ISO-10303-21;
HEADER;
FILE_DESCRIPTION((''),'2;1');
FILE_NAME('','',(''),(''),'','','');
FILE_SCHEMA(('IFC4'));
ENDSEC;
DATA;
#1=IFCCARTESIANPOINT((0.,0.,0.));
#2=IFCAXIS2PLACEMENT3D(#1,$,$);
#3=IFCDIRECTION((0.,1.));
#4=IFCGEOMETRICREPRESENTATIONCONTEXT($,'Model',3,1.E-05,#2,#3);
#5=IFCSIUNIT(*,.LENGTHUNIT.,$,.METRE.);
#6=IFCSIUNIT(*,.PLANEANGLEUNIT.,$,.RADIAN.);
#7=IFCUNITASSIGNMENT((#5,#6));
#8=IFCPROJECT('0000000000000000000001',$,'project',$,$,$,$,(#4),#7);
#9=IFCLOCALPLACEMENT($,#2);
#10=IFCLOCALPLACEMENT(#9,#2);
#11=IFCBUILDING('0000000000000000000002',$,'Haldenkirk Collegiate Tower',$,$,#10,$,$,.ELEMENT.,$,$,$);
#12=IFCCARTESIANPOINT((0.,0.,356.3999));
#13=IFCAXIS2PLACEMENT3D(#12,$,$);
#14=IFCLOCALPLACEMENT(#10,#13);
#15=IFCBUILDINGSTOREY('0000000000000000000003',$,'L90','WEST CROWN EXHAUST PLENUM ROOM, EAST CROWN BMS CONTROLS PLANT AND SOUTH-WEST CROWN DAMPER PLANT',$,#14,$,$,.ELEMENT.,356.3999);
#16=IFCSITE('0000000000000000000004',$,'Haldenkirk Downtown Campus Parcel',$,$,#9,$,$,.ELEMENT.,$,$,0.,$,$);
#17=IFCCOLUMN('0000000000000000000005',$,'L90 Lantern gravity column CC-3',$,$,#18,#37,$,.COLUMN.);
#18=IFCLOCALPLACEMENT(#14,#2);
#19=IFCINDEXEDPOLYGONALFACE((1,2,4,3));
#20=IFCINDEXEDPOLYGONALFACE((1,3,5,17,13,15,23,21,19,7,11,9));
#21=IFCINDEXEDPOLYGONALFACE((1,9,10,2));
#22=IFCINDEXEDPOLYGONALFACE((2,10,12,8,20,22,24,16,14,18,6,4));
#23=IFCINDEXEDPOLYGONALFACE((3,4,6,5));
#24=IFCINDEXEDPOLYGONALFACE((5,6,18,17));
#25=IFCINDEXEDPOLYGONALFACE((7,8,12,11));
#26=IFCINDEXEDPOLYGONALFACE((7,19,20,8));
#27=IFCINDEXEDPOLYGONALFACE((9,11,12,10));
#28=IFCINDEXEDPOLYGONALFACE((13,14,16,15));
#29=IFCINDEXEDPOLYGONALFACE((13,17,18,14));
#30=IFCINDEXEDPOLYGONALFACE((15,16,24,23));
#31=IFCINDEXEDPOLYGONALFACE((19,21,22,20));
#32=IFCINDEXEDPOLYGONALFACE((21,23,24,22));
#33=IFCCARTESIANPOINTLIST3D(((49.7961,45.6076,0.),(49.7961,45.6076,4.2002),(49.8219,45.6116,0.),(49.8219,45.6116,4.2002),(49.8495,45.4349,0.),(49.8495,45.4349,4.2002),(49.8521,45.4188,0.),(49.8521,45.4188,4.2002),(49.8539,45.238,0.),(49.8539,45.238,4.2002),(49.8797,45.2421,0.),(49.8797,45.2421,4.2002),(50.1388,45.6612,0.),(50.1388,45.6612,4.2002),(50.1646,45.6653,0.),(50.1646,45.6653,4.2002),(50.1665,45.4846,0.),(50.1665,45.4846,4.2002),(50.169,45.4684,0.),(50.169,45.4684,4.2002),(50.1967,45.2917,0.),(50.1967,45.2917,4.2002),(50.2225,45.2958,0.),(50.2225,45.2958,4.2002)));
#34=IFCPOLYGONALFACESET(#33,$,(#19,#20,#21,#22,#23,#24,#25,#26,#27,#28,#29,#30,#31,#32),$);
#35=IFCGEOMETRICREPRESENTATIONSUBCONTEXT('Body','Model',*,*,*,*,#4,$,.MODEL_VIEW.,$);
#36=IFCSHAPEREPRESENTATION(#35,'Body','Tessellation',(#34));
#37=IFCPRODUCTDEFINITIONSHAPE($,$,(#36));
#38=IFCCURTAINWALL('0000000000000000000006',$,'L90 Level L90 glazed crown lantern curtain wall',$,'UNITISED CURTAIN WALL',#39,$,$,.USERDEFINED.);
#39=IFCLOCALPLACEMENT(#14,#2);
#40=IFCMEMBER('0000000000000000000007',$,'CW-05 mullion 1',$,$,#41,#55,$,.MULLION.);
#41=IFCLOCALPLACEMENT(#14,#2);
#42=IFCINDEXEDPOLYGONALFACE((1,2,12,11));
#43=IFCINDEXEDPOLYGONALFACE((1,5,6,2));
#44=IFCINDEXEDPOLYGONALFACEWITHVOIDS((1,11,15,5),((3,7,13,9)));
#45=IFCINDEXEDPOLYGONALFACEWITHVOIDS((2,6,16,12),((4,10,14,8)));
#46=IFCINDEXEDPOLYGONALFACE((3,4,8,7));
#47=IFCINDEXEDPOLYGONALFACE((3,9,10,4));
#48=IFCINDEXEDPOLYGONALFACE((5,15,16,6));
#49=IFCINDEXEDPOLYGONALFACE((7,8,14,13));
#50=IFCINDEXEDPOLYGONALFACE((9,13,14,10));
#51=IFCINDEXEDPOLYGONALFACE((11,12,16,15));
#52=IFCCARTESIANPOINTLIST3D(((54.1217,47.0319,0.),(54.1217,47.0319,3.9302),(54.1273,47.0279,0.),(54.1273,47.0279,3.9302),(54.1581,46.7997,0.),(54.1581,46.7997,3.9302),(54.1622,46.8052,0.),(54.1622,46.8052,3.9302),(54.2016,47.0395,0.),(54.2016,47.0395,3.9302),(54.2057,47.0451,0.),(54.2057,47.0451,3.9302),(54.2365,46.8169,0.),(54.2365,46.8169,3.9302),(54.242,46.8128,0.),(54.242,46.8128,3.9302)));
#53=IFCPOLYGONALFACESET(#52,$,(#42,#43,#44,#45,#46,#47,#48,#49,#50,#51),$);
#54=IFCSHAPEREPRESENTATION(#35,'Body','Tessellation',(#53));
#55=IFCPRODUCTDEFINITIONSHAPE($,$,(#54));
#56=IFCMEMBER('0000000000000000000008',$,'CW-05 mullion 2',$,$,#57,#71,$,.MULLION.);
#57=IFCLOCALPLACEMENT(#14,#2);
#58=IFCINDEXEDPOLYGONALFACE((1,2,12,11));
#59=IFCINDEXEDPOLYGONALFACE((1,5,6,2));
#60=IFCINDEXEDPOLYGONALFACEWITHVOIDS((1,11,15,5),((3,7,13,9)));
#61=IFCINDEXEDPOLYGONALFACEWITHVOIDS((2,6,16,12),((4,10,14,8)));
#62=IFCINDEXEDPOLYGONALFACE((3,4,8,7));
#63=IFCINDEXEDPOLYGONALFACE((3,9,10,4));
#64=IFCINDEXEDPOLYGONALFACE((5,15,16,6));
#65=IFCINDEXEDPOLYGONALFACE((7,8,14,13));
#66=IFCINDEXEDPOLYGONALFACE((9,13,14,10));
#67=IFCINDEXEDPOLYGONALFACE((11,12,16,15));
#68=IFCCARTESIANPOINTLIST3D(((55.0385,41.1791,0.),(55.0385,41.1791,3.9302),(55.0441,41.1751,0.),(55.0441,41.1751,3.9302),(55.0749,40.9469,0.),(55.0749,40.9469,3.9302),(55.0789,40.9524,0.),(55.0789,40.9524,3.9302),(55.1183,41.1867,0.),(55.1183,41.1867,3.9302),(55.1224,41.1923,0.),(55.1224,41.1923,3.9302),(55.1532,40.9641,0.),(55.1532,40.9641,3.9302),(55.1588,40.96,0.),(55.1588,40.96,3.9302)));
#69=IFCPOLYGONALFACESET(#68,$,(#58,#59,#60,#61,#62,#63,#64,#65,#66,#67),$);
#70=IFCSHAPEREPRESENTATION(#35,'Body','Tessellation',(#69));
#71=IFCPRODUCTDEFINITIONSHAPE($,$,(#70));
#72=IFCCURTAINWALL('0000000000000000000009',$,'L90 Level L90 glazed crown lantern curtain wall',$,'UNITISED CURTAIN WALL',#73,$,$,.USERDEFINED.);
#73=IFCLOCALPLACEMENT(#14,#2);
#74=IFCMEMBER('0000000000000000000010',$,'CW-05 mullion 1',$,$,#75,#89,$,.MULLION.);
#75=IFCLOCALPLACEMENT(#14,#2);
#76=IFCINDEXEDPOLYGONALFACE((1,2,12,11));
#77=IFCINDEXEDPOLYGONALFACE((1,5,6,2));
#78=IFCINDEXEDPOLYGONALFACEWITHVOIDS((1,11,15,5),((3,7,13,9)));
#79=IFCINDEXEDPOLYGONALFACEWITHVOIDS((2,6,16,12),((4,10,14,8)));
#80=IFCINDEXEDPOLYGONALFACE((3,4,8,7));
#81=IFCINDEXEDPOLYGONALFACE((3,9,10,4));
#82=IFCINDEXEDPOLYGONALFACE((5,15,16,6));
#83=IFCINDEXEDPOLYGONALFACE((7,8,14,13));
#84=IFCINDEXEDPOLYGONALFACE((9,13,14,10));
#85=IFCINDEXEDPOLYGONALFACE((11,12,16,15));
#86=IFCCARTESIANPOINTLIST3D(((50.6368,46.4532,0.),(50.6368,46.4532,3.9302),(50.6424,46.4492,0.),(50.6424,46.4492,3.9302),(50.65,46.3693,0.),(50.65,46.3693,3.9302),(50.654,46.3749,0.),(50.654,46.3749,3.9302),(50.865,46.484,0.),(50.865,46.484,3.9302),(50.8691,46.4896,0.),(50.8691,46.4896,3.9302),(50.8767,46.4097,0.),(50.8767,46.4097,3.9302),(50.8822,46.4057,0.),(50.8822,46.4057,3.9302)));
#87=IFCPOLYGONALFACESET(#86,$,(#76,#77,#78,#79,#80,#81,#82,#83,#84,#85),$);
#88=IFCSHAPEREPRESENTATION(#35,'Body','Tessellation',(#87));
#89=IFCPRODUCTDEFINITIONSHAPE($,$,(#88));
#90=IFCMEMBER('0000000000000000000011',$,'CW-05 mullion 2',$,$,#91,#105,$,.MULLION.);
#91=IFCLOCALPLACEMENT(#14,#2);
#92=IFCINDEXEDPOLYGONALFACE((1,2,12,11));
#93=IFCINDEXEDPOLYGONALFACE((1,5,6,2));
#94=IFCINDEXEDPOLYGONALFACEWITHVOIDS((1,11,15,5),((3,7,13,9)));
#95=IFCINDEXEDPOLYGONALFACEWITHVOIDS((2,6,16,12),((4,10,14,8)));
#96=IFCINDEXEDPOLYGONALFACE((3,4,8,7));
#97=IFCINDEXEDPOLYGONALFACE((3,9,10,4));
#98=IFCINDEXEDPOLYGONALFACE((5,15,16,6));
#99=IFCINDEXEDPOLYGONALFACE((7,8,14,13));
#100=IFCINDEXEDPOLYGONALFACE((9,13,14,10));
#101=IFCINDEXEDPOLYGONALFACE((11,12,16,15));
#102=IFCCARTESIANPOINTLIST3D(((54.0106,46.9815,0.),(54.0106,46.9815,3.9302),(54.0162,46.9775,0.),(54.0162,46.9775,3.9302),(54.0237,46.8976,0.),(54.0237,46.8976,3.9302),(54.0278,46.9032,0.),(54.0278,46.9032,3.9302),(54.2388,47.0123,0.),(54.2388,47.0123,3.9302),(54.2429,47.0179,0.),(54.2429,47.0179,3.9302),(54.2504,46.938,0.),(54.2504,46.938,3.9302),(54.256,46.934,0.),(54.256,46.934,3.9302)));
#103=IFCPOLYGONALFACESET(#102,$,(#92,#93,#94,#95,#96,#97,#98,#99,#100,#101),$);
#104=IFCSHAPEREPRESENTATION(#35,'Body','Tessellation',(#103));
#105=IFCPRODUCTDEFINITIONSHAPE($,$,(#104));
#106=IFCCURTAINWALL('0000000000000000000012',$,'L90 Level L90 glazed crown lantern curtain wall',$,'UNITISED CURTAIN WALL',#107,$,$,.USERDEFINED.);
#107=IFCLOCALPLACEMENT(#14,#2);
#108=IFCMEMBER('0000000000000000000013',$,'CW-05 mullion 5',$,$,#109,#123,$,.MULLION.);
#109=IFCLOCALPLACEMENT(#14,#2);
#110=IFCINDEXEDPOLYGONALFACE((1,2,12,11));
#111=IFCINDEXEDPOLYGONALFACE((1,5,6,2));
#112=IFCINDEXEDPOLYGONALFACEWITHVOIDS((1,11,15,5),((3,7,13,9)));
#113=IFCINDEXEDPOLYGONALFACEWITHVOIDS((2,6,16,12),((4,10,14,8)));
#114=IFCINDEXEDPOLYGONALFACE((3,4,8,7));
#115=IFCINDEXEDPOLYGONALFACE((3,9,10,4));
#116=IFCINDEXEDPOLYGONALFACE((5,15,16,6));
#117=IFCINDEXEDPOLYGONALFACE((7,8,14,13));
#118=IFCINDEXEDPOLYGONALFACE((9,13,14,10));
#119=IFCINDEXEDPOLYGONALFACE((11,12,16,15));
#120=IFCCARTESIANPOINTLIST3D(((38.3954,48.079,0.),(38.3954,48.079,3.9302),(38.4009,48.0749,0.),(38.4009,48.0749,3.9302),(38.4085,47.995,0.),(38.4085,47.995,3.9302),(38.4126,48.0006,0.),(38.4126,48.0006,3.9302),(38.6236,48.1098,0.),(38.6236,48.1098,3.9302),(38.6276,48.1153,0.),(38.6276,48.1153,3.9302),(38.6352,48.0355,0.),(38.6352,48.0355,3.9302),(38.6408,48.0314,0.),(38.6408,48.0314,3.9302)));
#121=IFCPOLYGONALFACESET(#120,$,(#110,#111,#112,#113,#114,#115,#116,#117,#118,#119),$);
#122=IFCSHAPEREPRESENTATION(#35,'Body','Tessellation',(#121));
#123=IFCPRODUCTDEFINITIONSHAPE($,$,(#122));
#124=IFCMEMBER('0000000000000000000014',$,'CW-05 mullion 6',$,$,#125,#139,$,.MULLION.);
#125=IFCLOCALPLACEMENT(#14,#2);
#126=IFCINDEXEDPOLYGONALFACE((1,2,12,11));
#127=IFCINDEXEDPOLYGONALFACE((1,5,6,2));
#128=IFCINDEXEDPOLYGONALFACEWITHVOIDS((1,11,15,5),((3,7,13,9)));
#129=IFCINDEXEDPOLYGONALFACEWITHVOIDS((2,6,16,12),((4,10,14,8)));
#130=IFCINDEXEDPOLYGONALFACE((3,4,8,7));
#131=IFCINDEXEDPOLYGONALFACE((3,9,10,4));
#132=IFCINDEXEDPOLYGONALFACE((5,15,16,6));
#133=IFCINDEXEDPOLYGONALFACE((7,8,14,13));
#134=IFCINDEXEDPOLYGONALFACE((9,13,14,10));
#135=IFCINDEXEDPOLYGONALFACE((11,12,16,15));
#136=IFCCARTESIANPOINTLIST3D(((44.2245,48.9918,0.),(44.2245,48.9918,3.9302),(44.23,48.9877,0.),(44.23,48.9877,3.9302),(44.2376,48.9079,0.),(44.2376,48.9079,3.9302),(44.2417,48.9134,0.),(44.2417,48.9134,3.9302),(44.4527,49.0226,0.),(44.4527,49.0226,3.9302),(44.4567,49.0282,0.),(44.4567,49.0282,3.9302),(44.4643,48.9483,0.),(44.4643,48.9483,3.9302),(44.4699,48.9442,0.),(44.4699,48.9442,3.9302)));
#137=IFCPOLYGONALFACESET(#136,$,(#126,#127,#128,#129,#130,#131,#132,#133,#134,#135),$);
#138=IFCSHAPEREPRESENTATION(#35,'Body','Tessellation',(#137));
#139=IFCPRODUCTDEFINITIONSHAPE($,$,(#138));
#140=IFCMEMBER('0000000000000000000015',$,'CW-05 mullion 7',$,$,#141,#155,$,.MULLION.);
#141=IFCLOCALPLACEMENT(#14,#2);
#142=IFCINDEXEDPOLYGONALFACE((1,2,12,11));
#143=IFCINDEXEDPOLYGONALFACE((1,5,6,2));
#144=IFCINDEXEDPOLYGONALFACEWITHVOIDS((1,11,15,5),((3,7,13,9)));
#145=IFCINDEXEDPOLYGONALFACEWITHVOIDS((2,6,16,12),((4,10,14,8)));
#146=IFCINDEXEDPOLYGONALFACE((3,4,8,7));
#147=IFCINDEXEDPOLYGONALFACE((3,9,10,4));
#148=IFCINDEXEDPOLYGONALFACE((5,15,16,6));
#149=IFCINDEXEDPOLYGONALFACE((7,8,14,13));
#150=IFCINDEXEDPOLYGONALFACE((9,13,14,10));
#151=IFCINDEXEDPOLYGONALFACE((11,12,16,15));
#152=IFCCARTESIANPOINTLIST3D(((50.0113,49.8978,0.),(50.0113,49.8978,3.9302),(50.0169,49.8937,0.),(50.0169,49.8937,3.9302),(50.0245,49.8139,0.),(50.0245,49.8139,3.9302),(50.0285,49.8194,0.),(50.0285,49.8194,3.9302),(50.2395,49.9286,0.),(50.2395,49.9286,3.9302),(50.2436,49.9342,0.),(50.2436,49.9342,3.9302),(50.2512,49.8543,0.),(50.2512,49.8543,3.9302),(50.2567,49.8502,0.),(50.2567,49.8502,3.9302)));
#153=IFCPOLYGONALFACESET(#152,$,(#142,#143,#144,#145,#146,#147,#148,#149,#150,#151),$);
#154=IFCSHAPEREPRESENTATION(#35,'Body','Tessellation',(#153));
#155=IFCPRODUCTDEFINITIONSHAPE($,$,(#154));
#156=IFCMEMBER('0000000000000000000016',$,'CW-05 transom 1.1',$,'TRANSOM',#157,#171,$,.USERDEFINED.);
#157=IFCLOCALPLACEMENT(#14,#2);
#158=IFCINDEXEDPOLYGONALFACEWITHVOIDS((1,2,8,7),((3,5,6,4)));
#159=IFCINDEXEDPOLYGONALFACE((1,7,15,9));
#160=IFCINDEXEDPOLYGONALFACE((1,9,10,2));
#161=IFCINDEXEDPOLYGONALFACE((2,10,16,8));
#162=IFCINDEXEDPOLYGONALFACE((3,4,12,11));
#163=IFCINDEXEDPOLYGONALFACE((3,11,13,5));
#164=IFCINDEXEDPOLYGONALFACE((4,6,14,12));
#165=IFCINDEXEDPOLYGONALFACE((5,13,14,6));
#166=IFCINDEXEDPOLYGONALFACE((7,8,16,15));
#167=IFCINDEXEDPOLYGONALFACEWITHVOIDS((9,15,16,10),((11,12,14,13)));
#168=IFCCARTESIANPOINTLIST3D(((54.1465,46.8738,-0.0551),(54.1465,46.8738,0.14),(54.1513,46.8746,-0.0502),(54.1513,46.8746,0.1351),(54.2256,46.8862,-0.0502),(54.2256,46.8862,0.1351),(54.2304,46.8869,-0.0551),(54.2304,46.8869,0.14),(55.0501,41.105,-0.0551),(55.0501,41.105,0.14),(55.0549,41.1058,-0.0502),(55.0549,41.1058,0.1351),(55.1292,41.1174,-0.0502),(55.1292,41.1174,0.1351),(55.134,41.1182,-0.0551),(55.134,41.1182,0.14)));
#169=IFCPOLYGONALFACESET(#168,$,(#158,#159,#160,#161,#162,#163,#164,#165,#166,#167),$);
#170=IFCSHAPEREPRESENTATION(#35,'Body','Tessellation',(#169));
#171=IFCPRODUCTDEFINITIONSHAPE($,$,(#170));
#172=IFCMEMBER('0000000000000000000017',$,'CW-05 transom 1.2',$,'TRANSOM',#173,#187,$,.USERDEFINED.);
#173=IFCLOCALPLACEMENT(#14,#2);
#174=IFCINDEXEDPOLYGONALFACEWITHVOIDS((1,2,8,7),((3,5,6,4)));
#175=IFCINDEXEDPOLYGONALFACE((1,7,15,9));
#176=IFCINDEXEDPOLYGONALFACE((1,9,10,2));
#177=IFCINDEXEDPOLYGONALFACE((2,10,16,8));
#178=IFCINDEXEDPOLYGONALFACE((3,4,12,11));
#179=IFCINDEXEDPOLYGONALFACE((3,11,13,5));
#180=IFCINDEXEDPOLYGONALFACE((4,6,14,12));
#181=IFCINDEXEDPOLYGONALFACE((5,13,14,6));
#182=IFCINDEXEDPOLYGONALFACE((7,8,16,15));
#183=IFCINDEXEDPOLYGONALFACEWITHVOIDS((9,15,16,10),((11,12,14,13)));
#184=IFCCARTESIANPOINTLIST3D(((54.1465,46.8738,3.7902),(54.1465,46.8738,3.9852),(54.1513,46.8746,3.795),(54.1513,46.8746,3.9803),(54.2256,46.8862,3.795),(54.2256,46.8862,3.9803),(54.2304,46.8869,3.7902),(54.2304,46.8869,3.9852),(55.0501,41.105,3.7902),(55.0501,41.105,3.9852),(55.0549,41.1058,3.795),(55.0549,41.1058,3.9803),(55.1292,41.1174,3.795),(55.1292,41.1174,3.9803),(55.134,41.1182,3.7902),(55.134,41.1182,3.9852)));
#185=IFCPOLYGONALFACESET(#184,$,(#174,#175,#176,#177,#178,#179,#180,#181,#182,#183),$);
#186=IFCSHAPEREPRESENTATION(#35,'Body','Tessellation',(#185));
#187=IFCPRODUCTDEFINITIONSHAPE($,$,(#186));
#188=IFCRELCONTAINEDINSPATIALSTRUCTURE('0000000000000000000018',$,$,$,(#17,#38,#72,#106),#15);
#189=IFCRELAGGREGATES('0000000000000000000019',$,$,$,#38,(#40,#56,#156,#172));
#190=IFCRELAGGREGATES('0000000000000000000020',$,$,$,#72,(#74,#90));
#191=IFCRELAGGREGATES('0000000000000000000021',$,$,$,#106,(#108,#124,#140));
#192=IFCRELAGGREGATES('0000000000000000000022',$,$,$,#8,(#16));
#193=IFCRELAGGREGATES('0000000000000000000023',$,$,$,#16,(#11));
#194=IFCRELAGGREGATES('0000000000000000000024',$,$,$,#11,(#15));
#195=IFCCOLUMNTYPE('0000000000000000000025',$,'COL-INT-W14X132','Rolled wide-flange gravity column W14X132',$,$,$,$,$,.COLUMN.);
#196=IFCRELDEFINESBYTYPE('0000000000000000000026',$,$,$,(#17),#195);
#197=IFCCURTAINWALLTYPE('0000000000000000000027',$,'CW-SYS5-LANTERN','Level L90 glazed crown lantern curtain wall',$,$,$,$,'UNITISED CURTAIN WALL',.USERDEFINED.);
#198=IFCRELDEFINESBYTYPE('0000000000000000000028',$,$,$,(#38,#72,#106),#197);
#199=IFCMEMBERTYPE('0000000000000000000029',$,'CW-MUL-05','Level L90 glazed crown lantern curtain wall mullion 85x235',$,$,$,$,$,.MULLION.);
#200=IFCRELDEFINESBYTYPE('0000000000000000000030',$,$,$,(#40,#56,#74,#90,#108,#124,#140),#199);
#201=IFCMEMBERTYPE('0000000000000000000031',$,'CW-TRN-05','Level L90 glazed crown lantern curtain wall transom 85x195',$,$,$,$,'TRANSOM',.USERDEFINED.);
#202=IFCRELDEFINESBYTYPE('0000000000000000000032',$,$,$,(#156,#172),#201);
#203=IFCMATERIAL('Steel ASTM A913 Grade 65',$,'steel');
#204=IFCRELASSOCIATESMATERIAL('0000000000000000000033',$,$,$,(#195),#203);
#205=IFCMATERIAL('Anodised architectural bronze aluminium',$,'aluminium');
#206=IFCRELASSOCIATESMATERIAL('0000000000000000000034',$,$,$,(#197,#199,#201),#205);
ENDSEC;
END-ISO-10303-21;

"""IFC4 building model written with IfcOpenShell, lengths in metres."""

from ifc_helpers import new_model, si_unit, direction, frame, origin, origin_2d, place, context, subcontext, project, spatial, hollow_rectangle, i_section, extrude, material, material_profile, profile_set, type_object, element, aggregate, save


model = new_model("IFC4")

# Units and contexts
model_context = context("Model", 3, precision=1e-05, world=origin(), true_north=direction((0.0, 1.0)))
body_context = subcontext(model_context, "Body", "Model", "MODEL_VIEW")
ifc_project = project(units=[si_unit("LENGTHUNIT", "METRE"), si_unit("PLANEANGLEUNIT", "RADIAN")], contexts=[model_context])

# Site, building, storey
site_placement = place(None, origin())
site = spatial("IfcSite", under=ifc_project, at=site_placement, Name="Haldenkirk Downtown Campus Parcel", CompositionType="ELEMENT", RefElevation=0.0)
building_placement = place(site_placement, origin())
building = spatial("IfcBuilding", under=site, at=building_placement, Name="Haldenkirk Collegiate Tower", CompositionType="ELEMENT")
storey_placement = place(building_placement, frame((0.0, 0.0, 356.3999)))
storey = spatial("IfcBuildingStorey", under=building, at=storey_placement, Name="L90", Description="WEST CROWN EXHAUST PLENUM ROOM, EAST CROWN BMS CONTROLS PLANT AND SOUTH-WEST CROWN DAMPER PLANT", CompositionType="ELEMENT", Elevation=356.3999)

# Column
ifc_material_1 = material(Name="Steel ASTM A913 Grade 65", Category="steel")
ifc_material_profile_1 = material_profile(ifc_material_1, i_section(OverallWidth=0.374, OverallDepth=0.373, WebThickness=0.0164, FlangeThickness=0.0261, at=origin_2d()), Name="W14X132")
ifc_profile_set_1 = profile_set([ifc_material_profile_1], Name="Steel ASTM A913 Grade 65")
column_type = type_object("IfcColumnType", Name="COL-INT-W14X132", Description="Rolled wide-flange gravity column W14X132", PredefinedType="COLUMN", material=ifc_profile_set_1)
column_placement = place(storey_placement, frame((50.0093, 45.4517, 0.0), z_axis=(0.0, 0.0, 1.0), x_axis=(-0.15471, 0.98796, 0.0)))
element("IfcColumn", 1, at=column_placement, inside=storey, type_object=column_type, Name="L90 Lantern gravity column CC-3", PredefinedType="COLUMN", context=body_context, shape_type="SweptSolid", body=[
    extrude(i_section(OverallWidth=0.374, OverallDepth=0.373, WebThickness=0.0164, FlangeThickness=0.0261, at=origin_2d()), origin(), (0.0, 0.0, 1.0), 4.2002),
])

# Curtain walls, members
ifc_material_2 = material(Name="Anodised architectural bronze aluminium", Category="aluminium")
curtain_wall_type = type_object("IfcCurtainWallType", Name="CW-SYS5-LANTERN", Description="Level L90 glazed crown lantern curtain wall", ElementType="UNITISED CURTAIN WALL", PredefinedType="USERDEFINED", material=ifc_material_2)
curtain_wall_1_placement = place(storey_placement, origin())
curtain_wall_1 = element("IfcCurtainWall", 2, at=curtain_wall_1_placement, inside=storey, type_object=curtain_wall_type, Name="L90 Level L90 glazed crown lantern curtain wall", ObjectType="UNITISED CURTAIN WALL", PredefinedType="USERDEFINED")
ifc_material_profile_2 = material_profile(ifc_material_2, hollow_rectangle(XDim=0.085, YDim=0.2351, WallThickness=0.0049, at=origin_2d()), Name="CW-MUL-05")
ifc_profile_set_2 = profile_set([ifc_material_profile_2], Name="Anodised architectural bronze aluminium")
member_type_1 = type_object("IfcMemberType", Name="CW-MUL-05", Description="Level L90 glazed crown lantern curtain wall mullion 85x235", PredefinedType="MULLION", material=ifc_profile_set_2)
member_1_placement = place(storey_placement, frame((54.1819, 46.9224, 0.0), z_axis=(0.0, 0.0, 1.0), x_axis=(0.98796, 0.154713, 0.0)))
member_1 = element("IfcMember", 3, at=member_1_placement, type_object=member_type_1, Name="CW-05 mullion 1", PredefinedType="MULLION", context=body_context, shape_type="SweptSolid", body=[
    extrude(hollow_rectangle(XDim=0.085, YDim=0.2351, WallThickness=0.0049, at=origin_2d()), origin(), (0.0, 0.0, 1.0), 3.9302),
])
member_2_placement = place(storey_placement, frame((55.0986, 41.0696, 0.0), z_axis=(0.0, 0.0, 1.0), x_axis=(0.98796, 0.154713, 0.0)))
member_2 = element("IfcMember", 4, at=member_2_placement, type_object=member_type_1, Name="CW-05 mullion 2", PredefinedType="MULLION", context=body_context, shape_type="SweptSolid", body=[
    extrude(hollow_rectangle(XDim=0.085, YDim=0.2351, WallThickness=0.0049, at=origin_2d()), origin(), (0.0, 0.0, 1.0), 3.9302),
])
curtain_wall_2_placement = place(storey_placement, origin())
curtain_wall_2 = element("IfcCurtainWall", 5, at=curtain_wall_2_placement, inside=storey, type_object=curtain_wall_type, Name="L90 Level L90 glazed crown lantern curtain wall", ObjectType="UNITISED CURTAIN WALL", PredefinedType="USERDEFINED")
member_3_placement = place(storey_placement, frame((50.7595, 46.4294, 0.0), z_axis=(0.0, 0.0, 1.0), x_axis=(-0.154689, 0.987963, 0.0)))
member_3 = element("IfcMember", 6, at=member_3_placement, type_object=member_type_1, Name="CW-05 mullion 1", PredefinedType="MULLION", context=body_context, shape_type="SweptSolid", body=[
    extrude(hollow_rectangle(XDim=0.085, YDim=0.2351, WallThickness=0.0049, at=origin_2d()), origin(), (0.0, 0.0, 1.0), 3.9302),
])
member_4_placement = place(storey_placement, frame((54.1333, 46.9578, 0.0), z_axis=(0.0, 0.0, 1.0), x_axis=(-0.154689, 0.987963, 0.0)))
member_4 = element("IfcMember", 7, at=member_4_placement, type_object=member_type_1, Name="CW-05 mullion 2", PredefinedType="MULLION", context=body_context, shape_type="SweptSolid", body=[
    extrude(hollow_rectangle(XDim=0.085, YDim=0.2351, WallThickness=0.0049, at=origin_2d()), origin(), (0.0, 0.0, 1.0), 3.9302),
])
curtain_wall_3_placement = place(storey_placement, origin())
curtain_wall_3 = element("IfcCurtainWall", 8, at=curtain_wall_3_placement, inside=storey, type_object=curtain_wall_type, Name="L90 Level L90 glazed crown lantern curtain wall", ObjectType="UNITISED CURTAIN WALL", PredefinedType="USERDEFINED")
member_5_placement = place(storey_placement, frame((38.5181, 48.0552, 0.0), z_axis=(0.0, 0.0, 1.0), x_axis=(-0.154709, 0.98796, 0.0)))
member_5 = element("IfcMember", 9, at=member_5_placement, type_object=member_type_1, Name="CW-05 mullion 5", PredefinedType="MULLION", context=body_context, shape_type="SweptSolid", body=[
    extrude(hollow_rectangle(XDim=0.085, YDim=0.2351, WallThickness=0.0049, at=origin_2d()), origin(), (0.0, 0.0, 1.0), 3.9302),
])
member_6_placement = place(storey_placement, frame((44.3472, 48.968, 0.0), z_axis=(0.0, 0.0, 1.0), x_axis=(-0.154709, 0.98796, 0.0)))
member_6 = element("IfcMember", 10, at=member_6_placement, type_object=member_type_1, Name="CW-05 mullion 6", PredefinedType="MULLION", context=body_context, shape_type="SweptSolid", body=[
    extrude(hollow_rectangle(XDim=0.085, YDim=0.2351, WallThickness=0.0049, at=origin_2d()), origin(), (0.0, 0.0, 1.0), 3.9302),
])
member_7_placement = place(storey_placement, frame((50.134, 49.874, 0.0), z_axis=(0.0, 0.0, 1.0), x_axis=(-0.154709, 0.98796, 0.0)))
member_7 = element("IfcMember", 11, at=member_7_placement, type_object=member_type_1, Name="CW-05 mullion 7", PredefinedType="MULLION", context=body_context, shape_type="SweptSolid", body=[
    extrude(hollow_rectangle(XDim=0.085, YDim=0.2351, WallThickness=0.0049, at=origin_2d()), origin(), (0.0, 0.0, 1.0), 3.9302),
])

# Members
ifc_material_profile_3 = material_profile(ifc_material_2, hollow_rectangle(XDim=0.085, YDim=0.1951, WallThickness=0.0049, at=origin_2d()), Name="CW-TRN-05")
ifc_profile_set_3 = profile_set([ifc_material_profile_3], Name="Anodised architectural bronze aluminium")
member_type_2 = type_object("IfcMemberType", Name="CW-TRN-05", Description="Level L90 glazed crown lantern curtain wall transom 85x195", ElementType="TRANSOM", PredefinedType="USERDEFINED", material=ifc_profile_set_3)
member_8_placement = place(storey_placement, frame((54.1885, 46.8804, 0.0425), z_axis=(0.154743, -0.987955, 0.0), x_axis=(0.987955, 0.154743, 0.0)))
member_8 = element("IfcMember", 12, at=member_8_placement, type_object=member_type_2, Name="CW-05 transom 1.1", ObjectType="TRANSOM", PredefinedType="USERDEFINED", context=body_context, shape_type="SweptSolid", body=[
    extrude(hollow_rectangle(XDim=0.085, YDim=0.1951, WallThickness=0.0049, at=origin_2d()), origin(), (0.0, 0.0, 1.0), 5.8391),
])
member_9_placement = place(storey_placement, frame((54.1885, 46.8804, 3.8877), z_axis=(0.154743, -0.987955, 0.0), x_axis=(0.987955, 0.154743, 0.0)))
member_9 = element("IfcMember", 13, at=member_9_placement, type_object=member_type_2, Name="CW-05 transom 1.2", ObjectType="TRANSOM", PredefinedType="USERDEFINED", context=body_context, shape_type="SweptSolid", body=[
    extrude(hollow_rectangle(XDim=0.085, YDim=0.1951, WallThickness=0.0049, at=origin_2d()), origin(), (0.0, 0.0, 1.0), 5.8391),
])

aggregate(curtain_wall_1, [member_1, member_2, member_8, member_9])
aggregate(curtain_wall_2, [member_3, member_4])
aggregate(curtain_wall_3, [member_5, member_6, member_7])

save(model, "model.ifc")
